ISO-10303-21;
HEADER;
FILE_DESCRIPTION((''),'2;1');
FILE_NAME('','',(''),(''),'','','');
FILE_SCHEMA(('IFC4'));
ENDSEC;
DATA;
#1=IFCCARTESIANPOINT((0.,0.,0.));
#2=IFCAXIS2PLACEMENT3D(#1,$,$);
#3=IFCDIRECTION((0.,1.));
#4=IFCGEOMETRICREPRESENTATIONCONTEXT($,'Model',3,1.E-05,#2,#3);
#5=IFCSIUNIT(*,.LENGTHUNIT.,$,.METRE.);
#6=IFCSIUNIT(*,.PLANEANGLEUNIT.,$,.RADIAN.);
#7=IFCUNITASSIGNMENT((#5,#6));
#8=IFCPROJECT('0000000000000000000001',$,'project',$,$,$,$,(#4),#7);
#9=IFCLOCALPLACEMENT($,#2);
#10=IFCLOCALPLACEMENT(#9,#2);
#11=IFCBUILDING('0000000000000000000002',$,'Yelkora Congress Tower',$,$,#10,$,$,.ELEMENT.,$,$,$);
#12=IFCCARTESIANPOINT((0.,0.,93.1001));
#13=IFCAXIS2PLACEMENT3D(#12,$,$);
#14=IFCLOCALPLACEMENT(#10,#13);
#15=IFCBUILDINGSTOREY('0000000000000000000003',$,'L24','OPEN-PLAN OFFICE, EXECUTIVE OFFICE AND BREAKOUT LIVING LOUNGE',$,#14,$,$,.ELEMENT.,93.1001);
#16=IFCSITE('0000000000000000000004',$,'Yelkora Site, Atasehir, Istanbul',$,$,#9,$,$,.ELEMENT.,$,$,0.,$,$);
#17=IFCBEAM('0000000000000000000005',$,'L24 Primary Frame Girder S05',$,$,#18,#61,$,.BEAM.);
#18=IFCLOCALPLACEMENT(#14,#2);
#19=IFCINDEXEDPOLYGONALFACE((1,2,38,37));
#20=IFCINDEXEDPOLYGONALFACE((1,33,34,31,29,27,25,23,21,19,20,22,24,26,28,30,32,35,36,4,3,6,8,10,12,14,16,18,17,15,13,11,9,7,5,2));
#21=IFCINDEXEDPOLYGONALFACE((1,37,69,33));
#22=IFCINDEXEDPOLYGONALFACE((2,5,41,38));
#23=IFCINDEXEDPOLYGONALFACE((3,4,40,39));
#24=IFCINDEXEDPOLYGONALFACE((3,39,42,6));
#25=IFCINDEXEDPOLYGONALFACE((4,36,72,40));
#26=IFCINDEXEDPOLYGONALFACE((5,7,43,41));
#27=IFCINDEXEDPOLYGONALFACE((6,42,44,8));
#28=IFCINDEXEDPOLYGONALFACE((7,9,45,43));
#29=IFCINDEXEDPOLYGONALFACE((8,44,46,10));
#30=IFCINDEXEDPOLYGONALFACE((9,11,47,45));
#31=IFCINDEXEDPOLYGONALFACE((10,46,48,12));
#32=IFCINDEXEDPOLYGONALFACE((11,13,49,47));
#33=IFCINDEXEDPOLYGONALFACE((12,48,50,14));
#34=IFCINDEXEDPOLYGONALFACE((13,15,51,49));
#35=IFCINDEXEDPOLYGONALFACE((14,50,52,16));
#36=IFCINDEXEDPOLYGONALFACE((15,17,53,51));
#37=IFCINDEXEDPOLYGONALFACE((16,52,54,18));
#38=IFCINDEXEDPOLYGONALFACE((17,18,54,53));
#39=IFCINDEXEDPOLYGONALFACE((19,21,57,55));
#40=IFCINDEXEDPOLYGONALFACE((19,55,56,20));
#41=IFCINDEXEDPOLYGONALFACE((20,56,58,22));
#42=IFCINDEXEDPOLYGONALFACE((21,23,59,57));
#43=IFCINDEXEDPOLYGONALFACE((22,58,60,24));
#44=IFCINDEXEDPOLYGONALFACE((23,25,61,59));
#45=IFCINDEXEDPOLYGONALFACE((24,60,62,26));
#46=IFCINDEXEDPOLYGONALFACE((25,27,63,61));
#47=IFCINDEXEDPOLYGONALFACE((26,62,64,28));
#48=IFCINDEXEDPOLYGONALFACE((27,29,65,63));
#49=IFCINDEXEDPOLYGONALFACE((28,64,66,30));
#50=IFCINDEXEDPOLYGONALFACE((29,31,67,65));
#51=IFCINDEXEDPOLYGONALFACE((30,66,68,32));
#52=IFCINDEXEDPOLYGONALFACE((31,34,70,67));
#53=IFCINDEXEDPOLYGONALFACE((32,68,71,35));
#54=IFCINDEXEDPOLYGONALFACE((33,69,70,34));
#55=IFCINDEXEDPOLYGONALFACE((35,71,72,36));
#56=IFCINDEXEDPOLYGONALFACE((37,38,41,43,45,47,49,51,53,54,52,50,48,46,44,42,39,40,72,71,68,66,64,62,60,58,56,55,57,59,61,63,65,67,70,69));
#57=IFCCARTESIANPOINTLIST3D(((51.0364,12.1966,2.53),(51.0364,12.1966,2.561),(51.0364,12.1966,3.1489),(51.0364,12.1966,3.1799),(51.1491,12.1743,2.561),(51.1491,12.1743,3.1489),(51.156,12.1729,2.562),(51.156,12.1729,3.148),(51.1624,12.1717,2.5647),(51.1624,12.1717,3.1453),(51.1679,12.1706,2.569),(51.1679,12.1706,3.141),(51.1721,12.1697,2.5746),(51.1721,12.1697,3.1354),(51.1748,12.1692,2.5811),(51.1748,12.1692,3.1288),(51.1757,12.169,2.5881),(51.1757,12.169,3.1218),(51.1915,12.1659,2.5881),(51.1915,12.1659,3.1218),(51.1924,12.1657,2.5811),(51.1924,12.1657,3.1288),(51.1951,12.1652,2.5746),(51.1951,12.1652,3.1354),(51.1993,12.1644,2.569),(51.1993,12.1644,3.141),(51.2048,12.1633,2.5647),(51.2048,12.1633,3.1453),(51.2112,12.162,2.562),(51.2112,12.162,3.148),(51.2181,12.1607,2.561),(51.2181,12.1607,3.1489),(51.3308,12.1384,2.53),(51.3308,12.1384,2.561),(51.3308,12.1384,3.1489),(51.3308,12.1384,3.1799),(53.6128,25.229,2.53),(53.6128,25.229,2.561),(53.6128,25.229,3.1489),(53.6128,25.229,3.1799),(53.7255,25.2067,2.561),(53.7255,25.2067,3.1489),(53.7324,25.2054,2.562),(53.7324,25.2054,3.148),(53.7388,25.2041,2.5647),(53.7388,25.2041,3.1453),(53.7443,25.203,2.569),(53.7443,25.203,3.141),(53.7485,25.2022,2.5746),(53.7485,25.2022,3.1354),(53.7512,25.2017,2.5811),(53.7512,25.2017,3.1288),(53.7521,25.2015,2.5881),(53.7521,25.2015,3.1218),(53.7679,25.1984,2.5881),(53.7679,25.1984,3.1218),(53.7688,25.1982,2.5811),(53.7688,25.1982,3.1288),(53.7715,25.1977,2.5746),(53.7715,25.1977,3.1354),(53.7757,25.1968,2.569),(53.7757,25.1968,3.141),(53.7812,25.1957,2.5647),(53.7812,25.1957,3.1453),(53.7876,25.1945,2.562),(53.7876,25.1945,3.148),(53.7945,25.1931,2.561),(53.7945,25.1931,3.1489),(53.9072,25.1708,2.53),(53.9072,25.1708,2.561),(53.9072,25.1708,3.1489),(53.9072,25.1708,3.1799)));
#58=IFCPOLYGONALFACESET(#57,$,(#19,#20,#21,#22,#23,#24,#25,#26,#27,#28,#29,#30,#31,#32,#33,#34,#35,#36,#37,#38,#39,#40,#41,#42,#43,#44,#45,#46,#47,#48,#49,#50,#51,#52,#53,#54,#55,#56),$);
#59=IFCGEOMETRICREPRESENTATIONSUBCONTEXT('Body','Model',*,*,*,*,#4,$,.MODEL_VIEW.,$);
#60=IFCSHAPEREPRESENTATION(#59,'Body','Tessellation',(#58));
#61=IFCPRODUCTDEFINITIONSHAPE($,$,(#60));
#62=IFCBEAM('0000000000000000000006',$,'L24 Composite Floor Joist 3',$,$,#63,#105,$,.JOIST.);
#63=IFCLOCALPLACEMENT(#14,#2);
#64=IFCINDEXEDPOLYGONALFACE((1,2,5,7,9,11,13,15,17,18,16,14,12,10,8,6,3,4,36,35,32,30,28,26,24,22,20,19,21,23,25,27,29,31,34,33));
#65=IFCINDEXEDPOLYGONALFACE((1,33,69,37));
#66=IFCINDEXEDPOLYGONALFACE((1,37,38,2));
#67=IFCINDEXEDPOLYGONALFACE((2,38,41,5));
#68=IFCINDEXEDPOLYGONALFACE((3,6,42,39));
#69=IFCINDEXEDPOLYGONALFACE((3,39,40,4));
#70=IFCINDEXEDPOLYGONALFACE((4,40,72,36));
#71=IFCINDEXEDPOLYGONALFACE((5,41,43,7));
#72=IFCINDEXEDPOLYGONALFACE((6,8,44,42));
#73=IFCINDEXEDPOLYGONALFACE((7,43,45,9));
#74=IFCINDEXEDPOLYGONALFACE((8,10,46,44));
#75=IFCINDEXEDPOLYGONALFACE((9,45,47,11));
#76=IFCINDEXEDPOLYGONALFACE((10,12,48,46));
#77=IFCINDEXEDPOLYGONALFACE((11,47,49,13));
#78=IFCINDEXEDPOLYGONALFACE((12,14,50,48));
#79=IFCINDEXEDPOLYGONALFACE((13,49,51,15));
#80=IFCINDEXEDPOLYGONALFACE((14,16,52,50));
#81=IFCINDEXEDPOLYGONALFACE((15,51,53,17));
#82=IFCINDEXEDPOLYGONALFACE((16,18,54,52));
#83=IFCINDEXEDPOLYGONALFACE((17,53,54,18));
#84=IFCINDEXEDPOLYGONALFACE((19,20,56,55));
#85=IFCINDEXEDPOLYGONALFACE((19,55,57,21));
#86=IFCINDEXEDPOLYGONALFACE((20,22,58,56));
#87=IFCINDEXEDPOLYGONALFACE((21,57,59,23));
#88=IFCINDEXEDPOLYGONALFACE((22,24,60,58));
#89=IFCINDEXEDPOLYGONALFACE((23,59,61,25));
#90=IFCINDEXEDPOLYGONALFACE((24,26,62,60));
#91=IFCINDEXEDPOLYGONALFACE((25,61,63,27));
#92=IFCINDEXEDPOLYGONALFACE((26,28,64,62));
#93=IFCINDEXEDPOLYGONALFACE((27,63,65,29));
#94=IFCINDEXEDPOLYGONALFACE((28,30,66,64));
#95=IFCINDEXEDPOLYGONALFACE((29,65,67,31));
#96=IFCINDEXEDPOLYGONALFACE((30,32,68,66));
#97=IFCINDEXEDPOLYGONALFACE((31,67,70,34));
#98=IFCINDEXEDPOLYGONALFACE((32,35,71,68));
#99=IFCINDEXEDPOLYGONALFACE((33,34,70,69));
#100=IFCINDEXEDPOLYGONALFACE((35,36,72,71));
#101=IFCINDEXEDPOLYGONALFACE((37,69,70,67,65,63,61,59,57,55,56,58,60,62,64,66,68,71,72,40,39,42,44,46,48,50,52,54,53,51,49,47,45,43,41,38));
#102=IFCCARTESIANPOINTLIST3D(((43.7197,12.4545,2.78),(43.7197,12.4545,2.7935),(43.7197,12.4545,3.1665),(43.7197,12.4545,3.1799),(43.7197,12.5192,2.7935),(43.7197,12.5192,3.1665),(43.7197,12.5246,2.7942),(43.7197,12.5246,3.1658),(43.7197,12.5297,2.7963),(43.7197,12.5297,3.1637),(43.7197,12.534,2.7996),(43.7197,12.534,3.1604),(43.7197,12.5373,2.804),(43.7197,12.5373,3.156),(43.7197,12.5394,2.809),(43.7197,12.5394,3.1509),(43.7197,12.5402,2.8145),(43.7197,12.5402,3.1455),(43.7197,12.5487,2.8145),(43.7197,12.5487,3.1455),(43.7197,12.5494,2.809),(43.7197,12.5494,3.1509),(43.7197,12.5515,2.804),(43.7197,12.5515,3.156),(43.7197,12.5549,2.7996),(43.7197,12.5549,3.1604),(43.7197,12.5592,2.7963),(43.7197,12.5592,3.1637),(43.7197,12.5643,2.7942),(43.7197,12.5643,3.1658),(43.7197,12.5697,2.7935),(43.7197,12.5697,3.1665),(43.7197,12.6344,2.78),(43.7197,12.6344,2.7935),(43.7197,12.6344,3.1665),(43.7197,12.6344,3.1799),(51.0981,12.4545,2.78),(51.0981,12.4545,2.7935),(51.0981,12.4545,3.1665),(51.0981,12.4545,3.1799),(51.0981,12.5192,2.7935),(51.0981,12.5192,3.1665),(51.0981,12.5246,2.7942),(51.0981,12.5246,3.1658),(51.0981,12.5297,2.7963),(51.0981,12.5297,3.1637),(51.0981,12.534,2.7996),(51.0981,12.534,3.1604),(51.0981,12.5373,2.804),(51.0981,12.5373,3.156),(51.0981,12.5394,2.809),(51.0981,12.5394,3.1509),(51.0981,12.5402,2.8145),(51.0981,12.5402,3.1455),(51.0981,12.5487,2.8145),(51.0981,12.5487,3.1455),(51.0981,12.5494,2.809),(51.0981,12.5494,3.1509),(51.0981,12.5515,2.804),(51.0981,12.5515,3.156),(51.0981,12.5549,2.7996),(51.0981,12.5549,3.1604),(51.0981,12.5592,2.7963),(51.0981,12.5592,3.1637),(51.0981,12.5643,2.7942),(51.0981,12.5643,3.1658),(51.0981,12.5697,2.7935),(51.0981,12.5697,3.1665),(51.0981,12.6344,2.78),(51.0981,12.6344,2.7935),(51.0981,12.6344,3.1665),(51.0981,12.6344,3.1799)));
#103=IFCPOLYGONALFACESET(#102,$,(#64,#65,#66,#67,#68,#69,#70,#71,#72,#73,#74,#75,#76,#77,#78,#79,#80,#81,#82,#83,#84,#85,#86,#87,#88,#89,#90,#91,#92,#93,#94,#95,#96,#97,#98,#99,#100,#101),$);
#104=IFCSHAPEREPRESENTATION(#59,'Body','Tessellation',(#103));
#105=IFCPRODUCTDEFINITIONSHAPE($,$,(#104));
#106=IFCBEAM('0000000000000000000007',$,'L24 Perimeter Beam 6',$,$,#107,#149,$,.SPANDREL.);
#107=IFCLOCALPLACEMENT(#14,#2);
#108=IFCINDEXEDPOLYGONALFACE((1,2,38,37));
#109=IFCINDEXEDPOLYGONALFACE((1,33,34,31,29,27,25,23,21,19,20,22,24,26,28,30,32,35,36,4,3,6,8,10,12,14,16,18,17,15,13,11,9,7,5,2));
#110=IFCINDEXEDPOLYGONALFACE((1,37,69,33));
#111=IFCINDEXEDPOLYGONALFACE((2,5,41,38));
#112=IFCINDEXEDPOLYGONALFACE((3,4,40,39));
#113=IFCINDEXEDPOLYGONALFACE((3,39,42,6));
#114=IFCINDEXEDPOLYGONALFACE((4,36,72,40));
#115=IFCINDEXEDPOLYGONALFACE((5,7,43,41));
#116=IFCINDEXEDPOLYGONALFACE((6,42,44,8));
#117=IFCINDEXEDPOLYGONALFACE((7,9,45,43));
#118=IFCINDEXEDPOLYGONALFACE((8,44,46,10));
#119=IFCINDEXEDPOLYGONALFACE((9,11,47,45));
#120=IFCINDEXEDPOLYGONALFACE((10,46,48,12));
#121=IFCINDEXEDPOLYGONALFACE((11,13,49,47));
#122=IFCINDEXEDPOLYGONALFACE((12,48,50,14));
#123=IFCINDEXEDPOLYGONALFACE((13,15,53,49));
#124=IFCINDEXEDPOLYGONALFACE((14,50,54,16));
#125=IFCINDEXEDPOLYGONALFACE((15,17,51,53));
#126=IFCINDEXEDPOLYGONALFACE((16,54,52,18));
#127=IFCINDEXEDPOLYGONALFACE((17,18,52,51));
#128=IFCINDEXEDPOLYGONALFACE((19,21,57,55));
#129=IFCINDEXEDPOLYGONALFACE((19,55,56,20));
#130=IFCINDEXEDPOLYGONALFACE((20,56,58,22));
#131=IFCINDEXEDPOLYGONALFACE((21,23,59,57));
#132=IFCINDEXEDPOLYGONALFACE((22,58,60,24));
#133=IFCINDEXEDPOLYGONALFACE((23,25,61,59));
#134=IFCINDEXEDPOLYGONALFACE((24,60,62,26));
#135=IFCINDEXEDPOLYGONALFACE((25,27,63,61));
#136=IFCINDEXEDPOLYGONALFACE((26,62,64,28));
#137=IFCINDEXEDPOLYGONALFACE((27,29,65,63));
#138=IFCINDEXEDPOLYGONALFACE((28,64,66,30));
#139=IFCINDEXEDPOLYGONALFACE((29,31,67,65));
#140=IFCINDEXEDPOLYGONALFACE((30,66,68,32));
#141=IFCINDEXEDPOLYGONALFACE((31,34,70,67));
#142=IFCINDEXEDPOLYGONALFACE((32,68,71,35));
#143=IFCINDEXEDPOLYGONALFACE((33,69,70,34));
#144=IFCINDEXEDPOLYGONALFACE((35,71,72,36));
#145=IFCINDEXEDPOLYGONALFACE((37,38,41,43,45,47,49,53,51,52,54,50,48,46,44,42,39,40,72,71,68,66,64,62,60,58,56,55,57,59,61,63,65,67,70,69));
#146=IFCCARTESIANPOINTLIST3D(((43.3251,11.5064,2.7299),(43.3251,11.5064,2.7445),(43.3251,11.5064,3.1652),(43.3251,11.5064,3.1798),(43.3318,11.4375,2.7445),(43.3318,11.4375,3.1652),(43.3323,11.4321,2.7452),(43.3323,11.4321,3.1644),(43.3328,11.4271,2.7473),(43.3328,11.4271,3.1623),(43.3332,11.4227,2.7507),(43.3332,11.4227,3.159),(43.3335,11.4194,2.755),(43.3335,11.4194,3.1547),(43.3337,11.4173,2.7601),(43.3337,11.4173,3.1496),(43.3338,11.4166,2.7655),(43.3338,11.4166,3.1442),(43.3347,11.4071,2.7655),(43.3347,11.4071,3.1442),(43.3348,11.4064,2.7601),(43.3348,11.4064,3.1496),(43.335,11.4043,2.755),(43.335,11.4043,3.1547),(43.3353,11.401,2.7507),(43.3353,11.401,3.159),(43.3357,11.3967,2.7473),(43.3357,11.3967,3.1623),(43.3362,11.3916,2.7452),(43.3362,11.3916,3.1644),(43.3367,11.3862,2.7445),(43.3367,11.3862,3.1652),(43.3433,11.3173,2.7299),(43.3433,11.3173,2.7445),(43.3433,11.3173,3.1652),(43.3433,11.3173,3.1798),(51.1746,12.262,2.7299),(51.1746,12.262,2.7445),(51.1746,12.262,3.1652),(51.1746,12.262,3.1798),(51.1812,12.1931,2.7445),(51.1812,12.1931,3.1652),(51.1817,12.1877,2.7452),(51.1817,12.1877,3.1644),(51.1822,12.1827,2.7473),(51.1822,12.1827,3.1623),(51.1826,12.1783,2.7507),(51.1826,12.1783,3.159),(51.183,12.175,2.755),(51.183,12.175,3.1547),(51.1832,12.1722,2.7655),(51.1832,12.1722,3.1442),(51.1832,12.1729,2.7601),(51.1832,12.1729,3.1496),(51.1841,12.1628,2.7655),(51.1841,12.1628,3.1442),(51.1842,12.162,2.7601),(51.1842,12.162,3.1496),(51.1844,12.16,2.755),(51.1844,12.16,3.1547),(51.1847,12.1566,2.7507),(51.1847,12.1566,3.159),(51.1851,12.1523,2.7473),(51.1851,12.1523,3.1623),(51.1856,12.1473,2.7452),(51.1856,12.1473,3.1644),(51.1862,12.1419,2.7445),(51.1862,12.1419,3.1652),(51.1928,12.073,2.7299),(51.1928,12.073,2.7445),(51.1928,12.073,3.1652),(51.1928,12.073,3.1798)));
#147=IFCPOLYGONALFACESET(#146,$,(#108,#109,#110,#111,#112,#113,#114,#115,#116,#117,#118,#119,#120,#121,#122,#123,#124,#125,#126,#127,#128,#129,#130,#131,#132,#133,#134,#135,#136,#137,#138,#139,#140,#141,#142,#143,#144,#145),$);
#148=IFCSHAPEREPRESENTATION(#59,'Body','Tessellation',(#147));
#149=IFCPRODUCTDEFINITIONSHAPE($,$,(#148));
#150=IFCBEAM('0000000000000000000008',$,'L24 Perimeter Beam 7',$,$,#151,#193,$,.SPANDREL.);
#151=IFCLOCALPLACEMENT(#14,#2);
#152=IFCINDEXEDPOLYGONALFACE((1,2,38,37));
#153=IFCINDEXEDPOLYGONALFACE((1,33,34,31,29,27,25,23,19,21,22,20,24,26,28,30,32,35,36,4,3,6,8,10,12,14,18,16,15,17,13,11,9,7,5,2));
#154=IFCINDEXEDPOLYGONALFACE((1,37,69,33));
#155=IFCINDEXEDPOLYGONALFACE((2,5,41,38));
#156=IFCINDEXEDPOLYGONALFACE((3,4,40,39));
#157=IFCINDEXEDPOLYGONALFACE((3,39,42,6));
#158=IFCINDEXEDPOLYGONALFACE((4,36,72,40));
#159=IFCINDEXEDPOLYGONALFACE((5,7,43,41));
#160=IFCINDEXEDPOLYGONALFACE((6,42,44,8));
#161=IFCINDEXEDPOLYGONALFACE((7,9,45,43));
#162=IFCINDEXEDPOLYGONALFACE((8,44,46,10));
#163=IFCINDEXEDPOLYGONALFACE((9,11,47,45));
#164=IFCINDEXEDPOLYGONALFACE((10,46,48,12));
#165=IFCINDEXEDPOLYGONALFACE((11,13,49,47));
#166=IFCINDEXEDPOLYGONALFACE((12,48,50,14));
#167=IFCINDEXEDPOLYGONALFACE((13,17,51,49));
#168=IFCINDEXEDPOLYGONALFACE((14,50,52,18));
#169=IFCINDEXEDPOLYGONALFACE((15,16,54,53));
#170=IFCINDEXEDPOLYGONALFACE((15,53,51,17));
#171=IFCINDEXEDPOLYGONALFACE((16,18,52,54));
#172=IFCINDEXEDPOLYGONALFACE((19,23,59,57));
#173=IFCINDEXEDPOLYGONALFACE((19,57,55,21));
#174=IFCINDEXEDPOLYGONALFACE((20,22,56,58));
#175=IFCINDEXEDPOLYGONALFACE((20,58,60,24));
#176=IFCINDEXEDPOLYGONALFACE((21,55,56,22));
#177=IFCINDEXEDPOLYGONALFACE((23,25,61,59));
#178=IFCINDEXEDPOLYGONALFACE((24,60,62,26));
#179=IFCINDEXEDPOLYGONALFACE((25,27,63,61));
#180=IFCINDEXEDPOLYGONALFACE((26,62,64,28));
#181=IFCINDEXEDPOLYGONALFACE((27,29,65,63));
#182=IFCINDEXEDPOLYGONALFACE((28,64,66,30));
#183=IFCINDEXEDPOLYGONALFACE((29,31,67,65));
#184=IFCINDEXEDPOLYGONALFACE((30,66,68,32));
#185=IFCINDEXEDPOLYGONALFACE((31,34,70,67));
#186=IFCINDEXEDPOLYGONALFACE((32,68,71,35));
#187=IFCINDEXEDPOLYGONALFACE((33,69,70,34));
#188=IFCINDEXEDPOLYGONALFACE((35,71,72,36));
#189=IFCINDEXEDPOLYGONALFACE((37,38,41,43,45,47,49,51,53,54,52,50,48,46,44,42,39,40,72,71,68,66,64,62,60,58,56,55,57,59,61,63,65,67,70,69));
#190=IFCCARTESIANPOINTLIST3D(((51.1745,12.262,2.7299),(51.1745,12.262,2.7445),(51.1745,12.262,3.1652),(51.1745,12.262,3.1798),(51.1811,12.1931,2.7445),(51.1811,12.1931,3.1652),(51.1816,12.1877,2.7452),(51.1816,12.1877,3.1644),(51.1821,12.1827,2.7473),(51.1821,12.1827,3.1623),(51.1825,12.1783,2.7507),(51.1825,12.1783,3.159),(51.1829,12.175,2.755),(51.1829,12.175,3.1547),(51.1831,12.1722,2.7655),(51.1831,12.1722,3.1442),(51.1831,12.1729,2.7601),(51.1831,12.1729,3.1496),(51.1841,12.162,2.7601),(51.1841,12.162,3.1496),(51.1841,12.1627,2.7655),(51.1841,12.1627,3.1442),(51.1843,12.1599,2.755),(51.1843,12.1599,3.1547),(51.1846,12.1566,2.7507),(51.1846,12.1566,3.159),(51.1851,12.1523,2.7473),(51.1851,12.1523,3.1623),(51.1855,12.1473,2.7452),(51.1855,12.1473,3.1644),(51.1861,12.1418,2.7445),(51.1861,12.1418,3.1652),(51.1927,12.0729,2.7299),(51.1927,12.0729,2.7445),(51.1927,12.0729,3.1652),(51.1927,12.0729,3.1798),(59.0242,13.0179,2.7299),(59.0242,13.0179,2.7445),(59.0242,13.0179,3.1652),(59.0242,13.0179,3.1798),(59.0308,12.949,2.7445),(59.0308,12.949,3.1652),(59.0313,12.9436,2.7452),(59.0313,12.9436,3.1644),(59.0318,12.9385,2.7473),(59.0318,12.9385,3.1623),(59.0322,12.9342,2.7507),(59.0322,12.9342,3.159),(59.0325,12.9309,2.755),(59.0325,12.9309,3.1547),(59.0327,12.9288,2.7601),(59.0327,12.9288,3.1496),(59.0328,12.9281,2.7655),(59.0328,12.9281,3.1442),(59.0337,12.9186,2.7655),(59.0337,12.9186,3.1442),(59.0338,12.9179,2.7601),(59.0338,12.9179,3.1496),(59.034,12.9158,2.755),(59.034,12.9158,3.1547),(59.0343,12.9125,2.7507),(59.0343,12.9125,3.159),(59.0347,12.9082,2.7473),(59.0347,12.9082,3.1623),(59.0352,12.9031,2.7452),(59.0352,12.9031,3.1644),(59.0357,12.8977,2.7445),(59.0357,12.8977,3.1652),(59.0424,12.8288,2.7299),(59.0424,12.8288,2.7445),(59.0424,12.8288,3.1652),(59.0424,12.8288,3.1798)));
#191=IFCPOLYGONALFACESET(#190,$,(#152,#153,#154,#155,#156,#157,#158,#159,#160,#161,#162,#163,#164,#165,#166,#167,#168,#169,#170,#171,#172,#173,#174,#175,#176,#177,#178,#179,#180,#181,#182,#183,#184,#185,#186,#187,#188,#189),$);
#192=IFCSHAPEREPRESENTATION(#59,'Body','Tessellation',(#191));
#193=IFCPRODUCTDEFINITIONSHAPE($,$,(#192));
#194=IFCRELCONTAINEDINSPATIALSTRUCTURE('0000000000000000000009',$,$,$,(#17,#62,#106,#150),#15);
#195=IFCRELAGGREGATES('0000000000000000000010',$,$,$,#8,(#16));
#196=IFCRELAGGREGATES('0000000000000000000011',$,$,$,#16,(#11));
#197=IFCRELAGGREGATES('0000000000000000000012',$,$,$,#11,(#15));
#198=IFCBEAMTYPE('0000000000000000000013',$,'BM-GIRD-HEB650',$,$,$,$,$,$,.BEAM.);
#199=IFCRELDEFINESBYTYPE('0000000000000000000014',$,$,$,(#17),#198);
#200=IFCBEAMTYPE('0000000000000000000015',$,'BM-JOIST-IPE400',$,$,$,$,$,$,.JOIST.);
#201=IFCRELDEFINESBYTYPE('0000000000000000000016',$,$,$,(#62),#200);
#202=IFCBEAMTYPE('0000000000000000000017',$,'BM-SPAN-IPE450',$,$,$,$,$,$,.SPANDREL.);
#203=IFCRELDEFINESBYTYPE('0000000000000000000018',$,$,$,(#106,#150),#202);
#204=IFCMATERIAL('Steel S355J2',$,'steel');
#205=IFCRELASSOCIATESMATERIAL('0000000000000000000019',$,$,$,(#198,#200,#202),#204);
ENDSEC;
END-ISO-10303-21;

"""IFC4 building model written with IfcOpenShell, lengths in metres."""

from ifc_helpers import new_model, si_unit, direction, frame, origin, origin_2d, place, context, subcontext, project, spatial, i_section, extrude, material, material_profile, profile_set, type_object, element, save


model = new_model("IFC4")

# Units and contexts
model_context = context("Model", 3, precision=1e-05, world=origin(), true_north=direction((0.0, 1.0)))
body_context = subcontext(model_context, "Body", "Model", "MODEL_VIEW")
ifc_project = project(units=[si_unit("LENGTHUNIT", "METRE"), si_unit("PLANEANGLEUNIT", "RADIAN")], contexts=[model_context])

# Site, building, storey
site_placement = place(None, origin())
site = spatial("IfcSite", under=ifc_project, at=site_placement, Name="Yelkora Site, Atasehir, Istanbul", CompositionType="ELEMENT", RefElevation=0.0)
building_placement = place(site_placement, origin())
building = spatial("IfcBuilding", under=site, at=building_placement, Name="Yelkora Congress Tower", CompositionType="ELEMENT")
storey_placement = place(building_placement, frame((0.0, 0.0, 93.1001)))
storey = spatial("IfcBuildingStorey", under=building, at=storey_placement, Name="L24", Description="OPEN-PLAN OFFICE, EXECUTIVE OFFICE AND BREAKOUT LIVING LOUNGE", CompositionType="ELEMENT", Elevation=93.1001)

# Beams
ifc_material_1 = material(Name="Steel S355J2", Category="steel")
ifc_material_profile_1 = material_profile(ifc_material_1, i_section(OverallWidth=0.3, OverallDepth=0.6499, WebThickness=0.0161, FlangeThickness=0.031, FilletRadius=0.0271, at=origin_2d()), Name="HEB 650")
ifc_profile_set_1 = profile_set([ifc_material_profile_1], Name="Steel S355J2")
beam_type_1 = type_object("IfcBeamType", Name="BM-GIRD-HEB650", PredefinedType="BEAM", material=ifc_profile_set_1)
beam_1_placement = place(storey_placement, frame((51.1836, 12.1675, 2.855), z_axis=(0.193939, 0.981014, 0.0), x_axis=(-0.981014, 0.193939, 0.0)))
element("IfcBeam", 1, at=beam_1_placement, inside=storey, type_object=beam_type_1, Name="L24 Primary Frame Girder S05", PredefinedType="BEAM", context=body_context, shape_type="SweptSolid", body=[
    extrude(i_section(OverallWidth=0.3, OverallDepth=0.6499, WebThickness=0.0161, FlangeThickness=0.031, FilletRadius=0.0271, at=origin_2d()), origin(), (0.0, 0.0, 1.0), 13.2847),
])
ifc_material_profile_2 = material_profile(ifc_material_1, i_section(OverallWidth=0.1799, OverallDepth=0.3999, WebThickness=0.0085, FlangeThickness=0.0134, FilletRadius=0.021, at=origin_2d()), Name="IPE 400")
ifc_profile_set_2 = profile_set([ifc_material_profile_2], Name="Steel S355J2")
beam_type_2 = type_object("IfcBeamType", Name="BM-JOIST-IPE400", PredefinedType="JOIST", material=ifc_profile_set_2)
beam_2_placement = place(storey_placement, frame((43.7197, 12.5444, 2.98), z_axis=(1.0, 0.0, 0.0), x_axis=(0.0, 1.0, 0.0)))
element("IfcBeam", 2, at=beam_2_placement, inside=storey, type_object=beam_type_2, Name="L24 Composite Floor Joist 3", PredefinedType="JOIST", context=body_context, shape_type="SweptSolid", body=[
    extrude(i_section(OverallWidth=0.1799, OverallDepth=0.3999, WebThickness=0.0085, FlangeThickness=0.0134, FilletRadius=0.021, at=origin_2d()), origin(), (0.0, 0.0, 1.0), 7.3784),
])
ifc_material_profile_3 = material_profile(ifc_material_1, i_section(OverallWidth=0.1899, OverallDepth=0.45, WebThickness=0.0095, FlangeThickness=0.0146, FilletRadius=0.021, at=origin_2d()), Name="IPE 450")
ifc_profile_set_3 = profile_set([ifc_material_profile_3], Name="Steel S355J2")
beam_type_3 = type_object("IfcBeamType", Name="BM-SPAN-IPE450", PredefinedType="SPANDREL", material=ifc_profile_set_3)
beam_3_placement = place(storey_placement, frame((43.3342, 11.4119, 2.9548), z_axis=(0.995399, 0.095822, 0.0), x_axis=(-0.095822, 0.995399, 0.0)))
element("IfcBeam", 3, at=beam_3_placement, inside=storey, type_object=beam_type_3, Name="L24 Perimeter Beam 6", PredefinedType="SPANDREL", context=body_context, shape_type="SweptSolid", body=[
    extrude(i_section(OverallWidth=0.1899, OverallDepth=0.45, WebThickness=0.0095, FlangeThickness=0.0146, FilletRadius=0.021, at=origin_2d()), origin(), (0.0, 0.0, 1.0), 7.8857),
])
beam_4_placement = place(storey_placement, frame((51.1836, 12.1675, 2.9548), z_axis=(0.995396, 0.095849, 0.0), x_axis=(-0.095849, 0.995396, 0.0)))
element("IfcBeam", 4, at=beam_4_placement, inside=storey, type_object=beam_type_3, Name="L24 Perimeter Beam 7", PredefinedType="SPANDREL", context=body_context, shape_type="SweptSolid", body=[
    extrude(i_section(OverallWidth=0.1899, OverallDepth=0.45, WebThickness=0.0095, FlangeThickness=0.0146, FilletRadius=0.021, at=origin_2d()), origin(), (0.0, 0.0, 1.0), 7.886),
])

save(model, "model.ifc")
